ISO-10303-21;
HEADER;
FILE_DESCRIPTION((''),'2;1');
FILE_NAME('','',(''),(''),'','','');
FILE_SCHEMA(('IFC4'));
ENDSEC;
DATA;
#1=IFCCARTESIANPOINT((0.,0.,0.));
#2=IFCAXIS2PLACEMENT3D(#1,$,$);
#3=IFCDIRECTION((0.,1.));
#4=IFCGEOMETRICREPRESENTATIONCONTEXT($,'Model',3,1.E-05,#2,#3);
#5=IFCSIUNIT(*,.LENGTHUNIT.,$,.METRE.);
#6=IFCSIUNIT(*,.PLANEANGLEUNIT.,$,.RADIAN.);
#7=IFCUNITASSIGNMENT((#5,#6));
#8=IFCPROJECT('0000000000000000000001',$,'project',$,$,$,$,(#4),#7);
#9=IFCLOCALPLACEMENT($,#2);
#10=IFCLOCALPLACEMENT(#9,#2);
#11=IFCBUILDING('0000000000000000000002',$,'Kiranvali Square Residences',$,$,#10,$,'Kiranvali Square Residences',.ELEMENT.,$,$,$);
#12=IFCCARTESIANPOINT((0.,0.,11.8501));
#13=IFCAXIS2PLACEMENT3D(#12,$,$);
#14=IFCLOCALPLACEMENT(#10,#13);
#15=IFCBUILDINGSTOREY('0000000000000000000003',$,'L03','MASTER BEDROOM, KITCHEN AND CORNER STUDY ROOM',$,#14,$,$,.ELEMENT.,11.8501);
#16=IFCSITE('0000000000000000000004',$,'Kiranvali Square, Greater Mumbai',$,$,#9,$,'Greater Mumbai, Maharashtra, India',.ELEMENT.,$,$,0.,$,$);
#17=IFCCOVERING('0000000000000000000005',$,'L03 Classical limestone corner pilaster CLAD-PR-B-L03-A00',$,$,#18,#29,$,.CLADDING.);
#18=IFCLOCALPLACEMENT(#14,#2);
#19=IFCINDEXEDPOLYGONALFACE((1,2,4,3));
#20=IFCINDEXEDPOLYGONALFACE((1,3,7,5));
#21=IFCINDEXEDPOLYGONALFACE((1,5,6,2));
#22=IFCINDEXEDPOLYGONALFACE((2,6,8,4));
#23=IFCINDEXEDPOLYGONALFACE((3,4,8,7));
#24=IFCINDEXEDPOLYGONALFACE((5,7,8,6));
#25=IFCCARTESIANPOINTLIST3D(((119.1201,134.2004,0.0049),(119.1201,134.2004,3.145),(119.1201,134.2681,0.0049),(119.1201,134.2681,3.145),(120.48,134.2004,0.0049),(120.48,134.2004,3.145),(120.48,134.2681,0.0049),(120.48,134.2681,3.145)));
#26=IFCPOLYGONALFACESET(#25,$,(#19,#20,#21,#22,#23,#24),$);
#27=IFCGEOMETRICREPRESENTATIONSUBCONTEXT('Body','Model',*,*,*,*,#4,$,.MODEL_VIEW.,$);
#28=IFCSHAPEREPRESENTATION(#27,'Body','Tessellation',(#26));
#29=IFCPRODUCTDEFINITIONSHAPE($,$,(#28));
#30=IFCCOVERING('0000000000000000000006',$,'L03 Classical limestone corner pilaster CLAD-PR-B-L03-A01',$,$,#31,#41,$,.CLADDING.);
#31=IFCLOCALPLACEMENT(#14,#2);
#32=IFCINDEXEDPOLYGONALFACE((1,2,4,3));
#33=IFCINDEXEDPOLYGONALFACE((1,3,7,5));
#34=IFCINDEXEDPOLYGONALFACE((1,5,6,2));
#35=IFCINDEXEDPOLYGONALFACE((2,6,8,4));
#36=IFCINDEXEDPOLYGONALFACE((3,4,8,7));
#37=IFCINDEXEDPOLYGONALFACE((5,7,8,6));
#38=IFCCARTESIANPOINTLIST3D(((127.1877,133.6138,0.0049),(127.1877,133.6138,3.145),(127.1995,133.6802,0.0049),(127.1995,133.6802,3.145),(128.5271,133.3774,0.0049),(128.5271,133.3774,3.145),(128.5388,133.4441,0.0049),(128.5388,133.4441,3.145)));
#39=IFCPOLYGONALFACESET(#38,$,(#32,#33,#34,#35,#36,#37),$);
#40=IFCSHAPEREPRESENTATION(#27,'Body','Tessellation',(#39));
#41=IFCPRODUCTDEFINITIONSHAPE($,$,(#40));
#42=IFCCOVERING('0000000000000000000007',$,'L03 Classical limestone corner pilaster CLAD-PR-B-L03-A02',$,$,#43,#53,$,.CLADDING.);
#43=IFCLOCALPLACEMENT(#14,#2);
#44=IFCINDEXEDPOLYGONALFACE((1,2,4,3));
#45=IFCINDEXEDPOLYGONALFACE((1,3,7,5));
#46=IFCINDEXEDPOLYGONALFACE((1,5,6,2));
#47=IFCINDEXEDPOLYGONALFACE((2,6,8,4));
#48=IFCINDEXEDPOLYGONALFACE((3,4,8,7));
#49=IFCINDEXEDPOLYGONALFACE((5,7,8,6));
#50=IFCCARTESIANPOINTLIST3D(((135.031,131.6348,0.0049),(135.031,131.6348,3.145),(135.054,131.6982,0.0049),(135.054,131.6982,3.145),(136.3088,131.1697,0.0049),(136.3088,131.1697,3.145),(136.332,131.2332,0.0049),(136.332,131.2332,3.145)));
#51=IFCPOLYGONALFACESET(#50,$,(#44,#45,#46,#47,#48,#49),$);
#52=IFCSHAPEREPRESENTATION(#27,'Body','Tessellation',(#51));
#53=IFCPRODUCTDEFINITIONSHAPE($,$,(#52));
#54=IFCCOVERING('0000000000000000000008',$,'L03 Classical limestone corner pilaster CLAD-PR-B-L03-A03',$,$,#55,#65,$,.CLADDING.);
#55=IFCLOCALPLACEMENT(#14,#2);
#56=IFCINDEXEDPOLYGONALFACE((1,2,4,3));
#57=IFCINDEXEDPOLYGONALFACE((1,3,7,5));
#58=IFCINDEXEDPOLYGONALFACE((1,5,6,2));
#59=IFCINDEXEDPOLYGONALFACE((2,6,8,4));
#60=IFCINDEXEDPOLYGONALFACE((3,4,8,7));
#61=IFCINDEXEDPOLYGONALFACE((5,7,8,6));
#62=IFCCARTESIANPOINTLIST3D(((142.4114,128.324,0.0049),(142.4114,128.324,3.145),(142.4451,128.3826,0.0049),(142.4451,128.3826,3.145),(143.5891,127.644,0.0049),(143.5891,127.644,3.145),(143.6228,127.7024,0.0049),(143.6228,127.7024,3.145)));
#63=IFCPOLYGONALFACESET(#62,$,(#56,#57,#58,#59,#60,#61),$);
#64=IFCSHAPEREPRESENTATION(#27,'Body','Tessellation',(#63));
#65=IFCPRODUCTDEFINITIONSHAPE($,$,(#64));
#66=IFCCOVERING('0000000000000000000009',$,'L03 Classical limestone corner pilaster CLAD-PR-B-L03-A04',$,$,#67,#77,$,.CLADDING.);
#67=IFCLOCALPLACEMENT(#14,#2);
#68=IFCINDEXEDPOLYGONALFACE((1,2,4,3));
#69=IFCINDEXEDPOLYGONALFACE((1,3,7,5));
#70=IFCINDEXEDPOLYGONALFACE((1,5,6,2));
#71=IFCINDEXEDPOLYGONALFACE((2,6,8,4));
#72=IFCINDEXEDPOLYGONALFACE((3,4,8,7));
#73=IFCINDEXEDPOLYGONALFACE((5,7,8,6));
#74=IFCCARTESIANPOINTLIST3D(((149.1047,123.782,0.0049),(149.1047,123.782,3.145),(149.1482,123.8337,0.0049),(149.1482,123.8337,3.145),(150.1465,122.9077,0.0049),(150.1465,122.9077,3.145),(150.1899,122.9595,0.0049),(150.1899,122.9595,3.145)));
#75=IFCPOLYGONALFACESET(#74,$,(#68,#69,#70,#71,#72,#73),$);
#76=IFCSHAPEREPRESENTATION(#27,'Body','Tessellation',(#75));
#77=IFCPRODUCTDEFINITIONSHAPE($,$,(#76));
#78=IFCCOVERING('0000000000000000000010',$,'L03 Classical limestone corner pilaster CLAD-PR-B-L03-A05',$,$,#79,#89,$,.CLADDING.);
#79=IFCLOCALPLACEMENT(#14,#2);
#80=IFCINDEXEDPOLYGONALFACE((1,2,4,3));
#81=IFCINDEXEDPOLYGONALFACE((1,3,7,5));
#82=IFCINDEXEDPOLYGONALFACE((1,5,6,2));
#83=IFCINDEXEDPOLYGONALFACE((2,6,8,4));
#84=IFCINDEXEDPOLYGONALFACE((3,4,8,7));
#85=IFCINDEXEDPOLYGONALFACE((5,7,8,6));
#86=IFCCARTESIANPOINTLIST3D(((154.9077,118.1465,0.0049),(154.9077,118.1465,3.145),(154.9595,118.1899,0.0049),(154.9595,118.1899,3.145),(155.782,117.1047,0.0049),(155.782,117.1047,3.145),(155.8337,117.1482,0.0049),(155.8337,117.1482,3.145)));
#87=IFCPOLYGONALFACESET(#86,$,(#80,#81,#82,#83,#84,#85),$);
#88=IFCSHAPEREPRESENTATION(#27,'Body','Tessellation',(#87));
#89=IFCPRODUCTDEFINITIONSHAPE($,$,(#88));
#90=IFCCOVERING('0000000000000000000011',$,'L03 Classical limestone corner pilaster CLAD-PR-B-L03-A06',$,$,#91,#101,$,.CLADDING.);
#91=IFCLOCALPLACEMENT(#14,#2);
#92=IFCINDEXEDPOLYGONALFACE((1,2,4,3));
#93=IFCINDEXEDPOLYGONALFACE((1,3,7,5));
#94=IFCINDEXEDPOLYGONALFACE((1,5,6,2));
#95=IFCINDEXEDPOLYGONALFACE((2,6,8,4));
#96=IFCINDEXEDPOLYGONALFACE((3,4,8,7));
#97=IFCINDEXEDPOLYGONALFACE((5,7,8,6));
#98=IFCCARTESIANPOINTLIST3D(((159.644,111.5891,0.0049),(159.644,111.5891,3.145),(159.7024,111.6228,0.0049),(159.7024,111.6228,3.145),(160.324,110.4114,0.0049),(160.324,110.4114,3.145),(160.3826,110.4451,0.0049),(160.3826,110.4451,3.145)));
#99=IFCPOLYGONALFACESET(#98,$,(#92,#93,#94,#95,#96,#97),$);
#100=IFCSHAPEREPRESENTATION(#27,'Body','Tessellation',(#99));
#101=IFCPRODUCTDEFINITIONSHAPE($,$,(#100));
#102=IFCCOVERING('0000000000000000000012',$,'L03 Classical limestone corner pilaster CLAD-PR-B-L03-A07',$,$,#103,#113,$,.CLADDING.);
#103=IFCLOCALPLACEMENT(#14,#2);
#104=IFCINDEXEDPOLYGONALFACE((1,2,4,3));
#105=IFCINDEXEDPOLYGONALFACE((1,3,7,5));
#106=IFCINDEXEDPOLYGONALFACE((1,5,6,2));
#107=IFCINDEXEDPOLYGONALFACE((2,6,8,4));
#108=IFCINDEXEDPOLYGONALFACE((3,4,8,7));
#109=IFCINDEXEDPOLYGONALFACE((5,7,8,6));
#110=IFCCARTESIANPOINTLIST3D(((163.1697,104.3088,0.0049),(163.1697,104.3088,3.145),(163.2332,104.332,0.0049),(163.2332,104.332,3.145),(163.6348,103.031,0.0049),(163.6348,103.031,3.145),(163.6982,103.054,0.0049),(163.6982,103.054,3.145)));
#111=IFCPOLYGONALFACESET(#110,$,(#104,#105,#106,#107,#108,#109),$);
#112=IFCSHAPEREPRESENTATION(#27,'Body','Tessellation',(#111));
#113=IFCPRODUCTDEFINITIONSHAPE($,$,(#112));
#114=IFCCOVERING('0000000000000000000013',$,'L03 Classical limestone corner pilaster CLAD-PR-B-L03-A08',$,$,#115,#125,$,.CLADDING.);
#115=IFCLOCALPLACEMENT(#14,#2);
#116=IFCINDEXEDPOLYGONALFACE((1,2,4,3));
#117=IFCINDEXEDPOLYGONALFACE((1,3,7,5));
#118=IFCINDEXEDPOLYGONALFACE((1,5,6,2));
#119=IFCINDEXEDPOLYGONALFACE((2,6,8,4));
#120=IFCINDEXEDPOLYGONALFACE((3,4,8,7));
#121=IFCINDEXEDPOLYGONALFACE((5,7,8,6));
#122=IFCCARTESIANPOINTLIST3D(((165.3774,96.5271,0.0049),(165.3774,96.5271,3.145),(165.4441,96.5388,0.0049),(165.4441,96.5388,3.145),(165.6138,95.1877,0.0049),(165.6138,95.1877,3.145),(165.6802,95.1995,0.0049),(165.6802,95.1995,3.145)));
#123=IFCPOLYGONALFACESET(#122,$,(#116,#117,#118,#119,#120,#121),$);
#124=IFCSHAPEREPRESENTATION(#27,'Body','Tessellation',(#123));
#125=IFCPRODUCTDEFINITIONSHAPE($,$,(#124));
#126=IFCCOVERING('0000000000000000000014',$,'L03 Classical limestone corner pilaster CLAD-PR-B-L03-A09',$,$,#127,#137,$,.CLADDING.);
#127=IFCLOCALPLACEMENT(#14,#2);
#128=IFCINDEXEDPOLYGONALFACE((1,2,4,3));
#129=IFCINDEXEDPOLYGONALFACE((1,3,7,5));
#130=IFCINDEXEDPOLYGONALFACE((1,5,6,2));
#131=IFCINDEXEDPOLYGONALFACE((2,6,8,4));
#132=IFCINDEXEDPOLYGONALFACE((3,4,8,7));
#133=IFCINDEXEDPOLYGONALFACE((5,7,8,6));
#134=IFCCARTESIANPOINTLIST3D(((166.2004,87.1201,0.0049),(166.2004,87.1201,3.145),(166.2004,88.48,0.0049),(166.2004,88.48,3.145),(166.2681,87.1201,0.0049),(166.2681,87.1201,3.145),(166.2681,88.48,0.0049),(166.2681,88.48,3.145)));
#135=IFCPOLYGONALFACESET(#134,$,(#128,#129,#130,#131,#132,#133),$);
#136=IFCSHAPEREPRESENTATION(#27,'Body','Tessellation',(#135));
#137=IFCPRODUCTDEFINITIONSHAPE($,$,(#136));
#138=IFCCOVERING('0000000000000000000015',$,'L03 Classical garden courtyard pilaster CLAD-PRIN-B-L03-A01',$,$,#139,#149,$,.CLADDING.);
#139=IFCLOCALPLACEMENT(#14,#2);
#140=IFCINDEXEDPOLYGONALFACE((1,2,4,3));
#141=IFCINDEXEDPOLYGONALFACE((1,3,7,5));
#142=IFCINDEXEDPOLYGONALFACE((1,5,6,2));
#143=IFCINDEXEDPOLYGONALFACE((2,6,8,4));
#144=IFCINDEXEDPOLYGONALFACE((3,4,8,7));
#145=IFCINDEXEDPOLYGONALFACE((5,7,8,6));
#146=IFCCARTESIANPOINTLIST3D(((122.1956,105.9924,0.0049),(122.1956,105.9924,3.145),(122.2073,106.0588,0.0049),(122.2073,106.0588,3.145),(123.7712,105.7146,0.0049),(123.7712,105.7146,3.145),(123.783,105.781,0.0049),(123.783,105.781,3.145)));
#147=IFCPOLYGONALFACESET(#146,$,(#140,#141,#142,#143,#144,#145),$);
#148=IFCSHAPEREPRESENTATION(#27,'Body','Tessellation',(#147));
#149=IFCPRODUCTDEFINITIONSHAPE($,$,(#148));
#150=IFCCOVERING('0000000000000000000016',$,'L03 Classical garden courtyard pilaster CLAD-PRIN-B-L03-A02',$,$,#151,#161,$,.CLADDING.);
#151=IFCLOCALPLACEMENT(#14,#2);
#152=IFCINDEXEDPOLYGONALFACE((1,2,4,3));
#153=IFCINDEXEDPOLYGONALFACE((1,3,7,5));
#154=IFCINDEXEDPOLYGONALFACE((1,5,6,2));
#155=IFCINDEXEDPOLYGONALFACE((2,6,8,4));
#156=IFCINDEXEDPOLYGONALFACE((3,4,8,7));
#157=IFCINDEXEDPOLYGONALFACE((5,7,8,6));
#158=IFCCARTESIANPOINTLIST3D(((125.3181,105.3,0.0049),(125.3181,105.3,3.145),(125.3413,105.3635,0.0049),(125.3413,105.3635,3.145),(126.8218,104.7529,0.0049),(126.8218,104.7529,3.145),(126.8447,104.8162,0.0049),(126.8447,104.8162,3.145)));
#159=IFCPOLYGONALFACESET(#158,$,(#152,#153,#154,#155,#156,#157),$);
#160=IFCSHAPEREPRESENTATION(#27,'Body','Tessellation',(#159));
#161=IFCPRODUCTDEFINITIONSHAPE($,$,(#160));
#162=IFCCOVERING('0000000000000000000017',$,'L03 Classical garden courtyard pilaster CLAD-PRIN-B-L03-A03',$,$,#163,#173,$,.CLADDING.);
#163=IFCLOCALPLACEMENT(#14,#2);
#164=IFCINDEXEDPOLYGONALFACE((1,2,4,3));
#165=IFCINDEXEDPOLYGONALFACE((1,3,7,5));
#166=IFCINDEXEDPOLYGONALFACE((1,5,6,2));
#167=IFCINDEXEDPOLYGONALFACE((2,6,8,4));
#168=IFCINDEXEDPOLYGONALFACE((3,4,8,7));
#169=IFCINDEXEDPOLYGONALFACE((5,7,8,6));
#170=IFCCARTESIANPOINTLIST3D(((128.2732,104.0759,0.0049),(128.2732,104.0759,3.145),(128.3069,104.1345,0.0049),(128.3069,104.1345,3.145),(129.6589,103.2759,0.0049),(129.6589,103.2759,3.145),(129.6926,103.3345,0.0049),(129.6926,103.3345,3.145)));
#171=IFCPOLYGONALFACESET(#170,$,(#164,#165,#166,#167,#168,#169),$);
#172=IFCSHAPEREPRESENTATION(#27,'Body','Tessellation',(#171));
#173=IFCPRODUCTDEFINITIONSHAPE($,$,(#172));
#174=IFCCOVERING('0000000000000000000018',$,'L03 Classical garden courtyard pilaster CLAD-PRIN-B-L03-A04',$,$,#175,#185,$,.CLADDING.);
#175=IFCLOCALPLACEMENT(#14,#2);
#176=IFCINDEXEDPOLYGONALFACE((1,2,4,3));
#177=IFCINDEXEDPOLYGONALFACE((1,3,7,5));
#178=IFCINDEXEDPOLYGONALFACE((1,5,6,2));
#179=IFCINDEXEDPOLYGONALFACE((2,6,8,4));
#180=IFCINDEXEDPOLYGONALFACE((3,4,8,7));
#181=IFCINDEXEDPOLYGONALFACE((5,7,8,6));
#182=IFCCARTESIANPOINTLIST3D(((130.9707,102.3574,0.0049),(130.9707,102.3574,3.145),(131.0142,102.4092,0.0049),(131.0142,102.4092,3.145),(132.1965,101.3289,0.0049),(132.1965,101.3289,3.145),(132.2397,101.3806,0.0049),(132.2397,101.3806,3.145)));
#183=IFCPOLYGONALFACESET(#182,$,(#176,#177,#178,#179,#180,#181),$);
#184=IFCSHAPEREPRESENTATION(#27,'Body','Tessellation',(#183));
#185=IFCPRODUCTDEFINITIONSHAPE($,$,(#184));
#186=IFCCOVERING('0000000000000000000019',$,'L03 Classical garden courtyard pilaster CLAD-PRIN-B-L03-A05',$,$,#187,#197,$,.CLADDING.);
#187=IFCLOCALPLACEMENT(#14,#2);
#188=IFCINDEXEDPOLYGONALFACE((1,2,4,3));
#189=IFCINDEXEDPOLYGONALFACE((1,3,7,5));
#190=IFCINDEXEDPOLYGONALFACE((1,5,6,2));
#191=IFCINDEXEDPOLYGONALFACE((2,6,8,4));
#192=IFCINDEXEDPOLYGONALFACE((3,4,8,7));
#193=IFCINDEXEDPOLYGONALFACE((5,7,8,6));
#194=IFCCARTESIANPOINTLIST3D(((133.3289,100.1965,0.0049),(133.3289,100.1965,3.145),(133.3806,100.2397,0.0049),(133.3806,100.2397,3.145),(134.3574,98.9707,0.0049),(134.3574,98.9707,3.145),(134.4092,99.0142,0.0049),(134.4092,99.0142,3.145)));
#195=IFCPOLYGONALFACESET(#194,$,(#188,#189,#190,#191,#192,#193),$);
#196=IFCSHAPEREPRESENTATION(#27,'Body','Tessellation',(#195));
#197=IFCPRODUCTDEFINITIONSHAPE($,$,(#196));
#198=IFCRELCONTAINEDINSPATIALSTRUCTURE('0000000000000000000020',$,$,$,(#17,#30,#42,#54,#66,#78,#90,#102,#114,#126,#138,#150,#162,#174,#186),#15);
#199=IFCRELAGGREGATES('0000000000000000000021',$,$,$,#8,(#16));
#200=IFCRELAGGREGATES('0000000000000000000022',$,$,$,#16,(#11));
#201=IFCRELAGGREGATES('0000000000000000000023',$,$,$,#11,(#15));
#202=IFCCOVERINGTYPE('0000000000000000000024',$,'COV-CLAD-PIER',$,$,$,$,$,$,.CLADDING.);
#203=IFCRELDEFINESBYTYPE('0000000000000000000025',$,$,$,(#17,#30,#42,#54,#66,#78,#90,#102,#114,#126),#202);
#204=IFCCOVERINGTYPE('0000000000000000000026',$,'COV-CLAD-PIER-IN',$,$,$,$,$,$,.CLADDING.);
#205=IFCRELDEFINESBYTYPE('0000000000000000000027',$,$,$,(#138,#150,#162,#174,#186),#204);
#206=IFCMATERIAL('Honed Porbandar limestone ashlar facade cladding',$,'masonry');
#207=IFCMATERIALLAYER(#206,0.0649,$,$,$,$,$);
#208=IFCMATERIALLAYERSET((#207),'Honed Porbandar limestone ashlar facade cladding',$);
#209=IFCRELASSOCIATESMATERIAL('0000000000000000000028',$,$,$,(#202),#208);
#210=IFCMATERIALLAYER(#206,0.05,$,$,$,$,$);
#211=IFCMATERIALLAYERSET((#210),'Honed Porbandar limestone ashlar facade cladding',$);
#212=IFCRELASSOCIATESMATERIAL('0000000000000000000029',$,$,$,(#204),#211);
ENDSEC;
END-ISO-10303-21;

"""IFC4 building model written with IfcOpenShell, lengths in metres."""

from ifc_helpers import new_model, si_unit, direction, frame, origin, place, context, subcontext, project, spatial, polyline, outline, extrude, material, layer, layer_set, type_object, element, save


model = new_model("IFC4")

# Units and contexts
model_context = context("Model", 3, precision=1e-05, world=origin(), true_north=direction((0.0, 1.0)))
body_context = subcontext(model_context, "Body", "Model", "MODEL_VIEW")
ifc_project = project(units=[si_unit("LENGTHUNIT", "METRE"), si_unit("PLANEANGLEUNIT", "RADIAN")], contexts=[model_context])

# Site, building, storey
site_placement = place(None, origin())
site = spatial("IfcSite", under=ifc_project, at=site_placement, Name="Kiranvali Square, Greater Mumbai", LongName="Greater Mumbai, Maharashtra, India", CompositionType="ELEMENT", RefElevation=0.0)
building_placement = place(site_placement, origin())
building = spatial("IfcBuilding", under=site, at=building_placement, Name="Kiranvali Square Residences", LongName="Kiranvali Square Residences", CompositionType="ELEMENT")
storey_placement = place(building_placement, frame((0.0, 0.0, 11.8501)))
storey = spatial("IfcBuildingStorey", under=building, at=storey_placement, Name="L03", Description="MASTER BEDROOM, KITCHEN AND CORNER STUDY ROOM", CompositionType="ELEMENT", Elevation=11.8501)

# Coverings
ifc_material = material(Name="Honed Porbandar limestone ashlar facade cladding", Category="masonry")
ifc_layer_1 = layer(ifc_material, 0.0649)
ifc_layer_set_1 = layer_set([ifc_layer_1], Name="Honed Porbandar limestone ashlar facade cladding")
covering_type_1 = type_object("IfcCoveringType", Name="COV-CLAD-PIER", PredefinedType="CLADDING", material=ifc_layer_set_1)
covering_1_placement = place(storey_placement, frame((0.0, 0.0, 0.0049)))
element("IfcCovering", 1, at=covering_1_placement, inside=storey, type_object=covering_type_1, Name="L03 Classical limestone corner pilaster CLAD-PR-B-L03-A00", PredefinedType="CLADDING", context=body_context, shape_type="SweptSolid", body=[
    extrude(outline(polyline([(120.48, 134.2681), (119.1201, 134.2681), (119.1201, 134.2004), (120.48, 134.2004), (120.48, 134.2681)])), origin(), (0.0, 0.0, 1.0), 3.1401),
])
covering_2_placement = place(storey_placement, frame((0.0, 0.0, 0.0049)))
element("IfcCovering", 2, at=covering_2_placement, inside=storey, type_object=covering_type_1, Name="L03 Classical limestone corner pilaster CLAD-PR-B-L03-A01", PredefinedType="CLADDING", context=body_context, shape_type="SweptSolid", body=[
    extrude(outline(polyline([(128.5388, 133.4441), (127.1995, 133.6802), (127.1877, 133.6138), (128.5271, 133.3774), (128.5388, 133.4441)])), origin(), (0.0, 0.0, 1.0), 3.1401),
])
covering_3_placement = place(storey_placement, frame((0.0, 0.0, 0.0049)))
element("IfcCovering", 3, at=covering_3_placement, inside=storey, type_object=covering_type_1, Name="L03 Classical limestone corner pilaster CLAD-PR-B-L03-A02", PredefinedType="CLADDING", context=body_context, shape_type="SweptSolid", body=[
    extrude(outline(polyline([(136.332, 131.2332), (135.054, 131.6982), (135.031, 131.6348), (136.3088, 131.1697), (136.332, 131.2332)])), origin(), (0.0, 0.0, 1.0), 3.1401),
])
covering_4_placement = place(storey_placement, frame((0.0, 0.0, 0.0049)))
element("IfcCovering", 4, at=covering_4_placement, inside=storey, type_object=covering_type_1, Name="L03 Classical limestone corner pilaster CLAD-PR-B-L03-A03", PredefinedType="CLADDING", context=body_context, shape_type="SweptSolid", body=[
    extrude(outline(polyline([(143.6228, 127.7024), (142.4451, 128.3826), (142.4114, 128.324), (143.5891, 127.644), (143.6228, 127.7024)])), origin(), (0.0, 0.0, 1.0), 3.1401),
])
covering_5_placement = place(storey_placement, frame((0.0, 0.0, 0.0049)))
element("IfcCovering", 5, at=covering_5_placement, inside=storey, type_object=covering_type_1, Name="L03 Classical limestone corner pilaster CLAD-PR-B-L03-A04", PredefinedType="CLADDING", context=body_context, shape_type="SweptSolid", body=[
    extrude(outline(polyline([(150.1899, 122.9595), (149.1482, 123.8337), (149.1047, 123.782), (150.1465, 122.9077), (150.1899, 122.9595)])), origin(), (0.0, 0.0, 1.0), 3.1401),
])
covering_6_placement = place(storey_placement, frame((0.0, 0.0, 0.0049)))
element("IfcCovering", 6, at=covering_6_placement, inside=storey, type_object=covering_type_1, Name="L03 Classical limestone corner pilaster CLAD-PR-B-L03-A05", PredefinedType="CLADDING", context=body_context, shape_type="SweptSolid", body=[
    extrude(outline(polyline([(155.8337, 117.1482), (154.9595, 118.1899), (154.9077, 118.1465), (155.782, 117.1047), (155.8337, 117.1482)])), origin(), (0.0, 0.0, 1.0), 3.1401),
])
covering_7_placement = place(storey_placement, frame((0.0, 0.0, 0.0049)))
element("IfcCovering", 7, at=covering_7_placement, inside=storey, type_object=covering_type_1, Name="L03 Classical limestone corner pilaster CLAD-PR-B-L03-A06", PredefinedType="CLADDING", context=body_context, shape_type="SweptSolid", body=[
    extrude(outline(polyline([(160.3826, 110.4451), (159.7024, 111.6228), (159.644, 111.5891), (160.324, 110.4114), (160.3826, 110.4451)])), origin(), (0.0, 0.0, 1.0), 3.1401),
])
covering_8_placement = place(storey_placement, frame((0.0, 0.0, 0.0049)))
element("IfcCovering", 8, at=covering_8_placement, inside=storey, type_object=covering_type_1, Name="L03 Classical limestone corner pilaster CLAD-PR-B-L03-A07", PredefinedType="CLADDING", context=body_context, shape_type="SweptSolid", body=[
    extrude(outline(polyline([(163.6982, 103.054), (163.2332, 104.332), (163.1697, 104.3088), (163.6348, 103.031), (163.6982, 103.054)])), origin(), (0.0, 0.0, 1.0), 3.1401),
])
covering_9_placement = place(storey_placement, frame((0.0, 0.0, 0.0049)))
element("IfcCovering", 9, at=covering_9_placement, inside=storey, type_object=covering_type_1, Name="L03 Classical limestone corner pilaster CLAD-PR-B-L03-A08", PredefinedType="CLADDING", context=body_context, shape_type="SweptSolid", body=[
    extrude(outline(polyline([(165.6802, 95.1995), (165.4441, 96.5388), (165.3774, 96.5271), (165.6138, 95.1877), (165.6802, 95.1995)])), origin(), (0.0, 0.0, 1.0), 3.1401),
])
covering_10_placement = place(storey_placement, frame((0.0, 0.0, 0.0049)))
element("IfcCovering", 10, at=covering_10_placement, inside=storey, type_object=covering_type_1, Name="L03 Classical limestone corner pilaster CLAD-PR-B-L03-A09", PredefinedType="CLADDING", context=body_context, shape_type="SweptSolid", body=[
    extrude(outline(polyline([(166.2681, 87.1201), (166.2681, 88.48), (166.2004, 88.48), (166.2004, 87.1201), (166.2681, 87.1201)])), origin(), (0.0, 0.0, 1.0), 3.1401),
])
ifc_layer_2 = layer(ifc_material, 0.05)
ifc_layer_set_2 = layer_set([ifc_layer_2], Name="Honed Porbandar limestone ashlar facade cladding")
covering_type_2 = type_object("IfcCoveringType", Name="COV-CLAD-PIER-IN", PredefinedType="CLADDING", material=ifc_layer_set_2)
covering_11_placement = place(storey_placement, frame((0.0, 0.0, 0.0049)))
element("IfcCovering", 11, at=covering_11_placement, inside=storey, type_object=covering_type_2, Name="L03 Classical garden courtyard pilaster CLAD-PRIN-B-L03-A01", PredefinedType="CLADDING", context=body_context, shape_type="SweptSolid", body=[
    extrude(outline(polyline([(122.1956, 105.9924), (123.7712, 105.7146), (123.783, 105.781), (122.2073, 106.0588), (122.1956, 105.9924)])), origin(), (0.0, 0.0, 1.0), 3.1401),
])
covering_12_placement = place(storey_placement, frame((0.0, 0.0, 0.0049)))
element("IfcCovering", 12, at=covering_12_placement, inside=storey, type_object=covering_type_2, Name="L03 Classical garden courtyard pilaster CLAD-PRIN-B-L03-A02", PredefinedType="CLADDING", context=body_context, shape_type="SweptSolid", body=[
    extrude(outline(polyline([(125.3181, 105.3), (126.8218, 104.7529), (126.8447, 104.8162), (125.3413, 105.3635), (125.3181, 105.3)])), origin(), (0.0, 0.0, 1.0), 3.1401),
])
covering_13_placement = place(storey_placement, frame((0.0, 0.0, 0.0049)))
element("IfcCovering", 13, at=covering_13_placement, inside=storey, type_object=covering_type_2, Name="L03 Classical garden courtyard pilaster CLAD-PRIN-B-L03-A03", PredefinedType="CLADDING", context=body_context, shape_type="SweptSolid", body=[
    extrude(outline(polyline([(128.2732, 104.0759), (129.6589, 103.2759), (129.6926, 103.3345), (128.3069, 104.1345), (128.2732, 104.0759)])), origin(), (0.0, 0.0, 1.0), 3.1401),
])
covering_14_placement = place(storey_placement, frame((0.0, 0.0, 0.0049)))
element("IfcCovering", 14, at=covering_14_placement, inside=storey, type_object=covering_type_2, Name="L03 Classical garden courtyard pilaster CLAD-PRIN-B-L03-A04", PredefinedType="CLADDING", context=body_context, shape_type="SweptSolid", body=[
    extrude(outline(polyline([(130.9707, 102.3574), (132.1965, 101.3289), (132.2397, 101.3806), (131.0142, 102.4092), (130.9707, 102.3574)])), origin(), (0.0, 0.0, 1.0), 3.1401),
])
covering_15_placement = place(storey_placement, frame((0.0, 0.0, 0.0049)))
element("IfcCovering", 15, at=covering_15_placement, inside=storey, type_object=covering_type_2, Name="L03 Classical garden courtyard pilaster CLAD-PRIN-B-L03-A05", PredefinedType="CLADDING", context=body_context, shape_type="SweptSolid", body=[
    extrude(outline(polyline([(133.3289, 100.1965), (134.3574, 98.9707), (134.4092, 99.0142), (133.3806, 100.2397), (133.3289, 100.1965)])), origin(), (0.0, 0.0, 1.0), 3.1401),
])

save(model, "model.ifc")
